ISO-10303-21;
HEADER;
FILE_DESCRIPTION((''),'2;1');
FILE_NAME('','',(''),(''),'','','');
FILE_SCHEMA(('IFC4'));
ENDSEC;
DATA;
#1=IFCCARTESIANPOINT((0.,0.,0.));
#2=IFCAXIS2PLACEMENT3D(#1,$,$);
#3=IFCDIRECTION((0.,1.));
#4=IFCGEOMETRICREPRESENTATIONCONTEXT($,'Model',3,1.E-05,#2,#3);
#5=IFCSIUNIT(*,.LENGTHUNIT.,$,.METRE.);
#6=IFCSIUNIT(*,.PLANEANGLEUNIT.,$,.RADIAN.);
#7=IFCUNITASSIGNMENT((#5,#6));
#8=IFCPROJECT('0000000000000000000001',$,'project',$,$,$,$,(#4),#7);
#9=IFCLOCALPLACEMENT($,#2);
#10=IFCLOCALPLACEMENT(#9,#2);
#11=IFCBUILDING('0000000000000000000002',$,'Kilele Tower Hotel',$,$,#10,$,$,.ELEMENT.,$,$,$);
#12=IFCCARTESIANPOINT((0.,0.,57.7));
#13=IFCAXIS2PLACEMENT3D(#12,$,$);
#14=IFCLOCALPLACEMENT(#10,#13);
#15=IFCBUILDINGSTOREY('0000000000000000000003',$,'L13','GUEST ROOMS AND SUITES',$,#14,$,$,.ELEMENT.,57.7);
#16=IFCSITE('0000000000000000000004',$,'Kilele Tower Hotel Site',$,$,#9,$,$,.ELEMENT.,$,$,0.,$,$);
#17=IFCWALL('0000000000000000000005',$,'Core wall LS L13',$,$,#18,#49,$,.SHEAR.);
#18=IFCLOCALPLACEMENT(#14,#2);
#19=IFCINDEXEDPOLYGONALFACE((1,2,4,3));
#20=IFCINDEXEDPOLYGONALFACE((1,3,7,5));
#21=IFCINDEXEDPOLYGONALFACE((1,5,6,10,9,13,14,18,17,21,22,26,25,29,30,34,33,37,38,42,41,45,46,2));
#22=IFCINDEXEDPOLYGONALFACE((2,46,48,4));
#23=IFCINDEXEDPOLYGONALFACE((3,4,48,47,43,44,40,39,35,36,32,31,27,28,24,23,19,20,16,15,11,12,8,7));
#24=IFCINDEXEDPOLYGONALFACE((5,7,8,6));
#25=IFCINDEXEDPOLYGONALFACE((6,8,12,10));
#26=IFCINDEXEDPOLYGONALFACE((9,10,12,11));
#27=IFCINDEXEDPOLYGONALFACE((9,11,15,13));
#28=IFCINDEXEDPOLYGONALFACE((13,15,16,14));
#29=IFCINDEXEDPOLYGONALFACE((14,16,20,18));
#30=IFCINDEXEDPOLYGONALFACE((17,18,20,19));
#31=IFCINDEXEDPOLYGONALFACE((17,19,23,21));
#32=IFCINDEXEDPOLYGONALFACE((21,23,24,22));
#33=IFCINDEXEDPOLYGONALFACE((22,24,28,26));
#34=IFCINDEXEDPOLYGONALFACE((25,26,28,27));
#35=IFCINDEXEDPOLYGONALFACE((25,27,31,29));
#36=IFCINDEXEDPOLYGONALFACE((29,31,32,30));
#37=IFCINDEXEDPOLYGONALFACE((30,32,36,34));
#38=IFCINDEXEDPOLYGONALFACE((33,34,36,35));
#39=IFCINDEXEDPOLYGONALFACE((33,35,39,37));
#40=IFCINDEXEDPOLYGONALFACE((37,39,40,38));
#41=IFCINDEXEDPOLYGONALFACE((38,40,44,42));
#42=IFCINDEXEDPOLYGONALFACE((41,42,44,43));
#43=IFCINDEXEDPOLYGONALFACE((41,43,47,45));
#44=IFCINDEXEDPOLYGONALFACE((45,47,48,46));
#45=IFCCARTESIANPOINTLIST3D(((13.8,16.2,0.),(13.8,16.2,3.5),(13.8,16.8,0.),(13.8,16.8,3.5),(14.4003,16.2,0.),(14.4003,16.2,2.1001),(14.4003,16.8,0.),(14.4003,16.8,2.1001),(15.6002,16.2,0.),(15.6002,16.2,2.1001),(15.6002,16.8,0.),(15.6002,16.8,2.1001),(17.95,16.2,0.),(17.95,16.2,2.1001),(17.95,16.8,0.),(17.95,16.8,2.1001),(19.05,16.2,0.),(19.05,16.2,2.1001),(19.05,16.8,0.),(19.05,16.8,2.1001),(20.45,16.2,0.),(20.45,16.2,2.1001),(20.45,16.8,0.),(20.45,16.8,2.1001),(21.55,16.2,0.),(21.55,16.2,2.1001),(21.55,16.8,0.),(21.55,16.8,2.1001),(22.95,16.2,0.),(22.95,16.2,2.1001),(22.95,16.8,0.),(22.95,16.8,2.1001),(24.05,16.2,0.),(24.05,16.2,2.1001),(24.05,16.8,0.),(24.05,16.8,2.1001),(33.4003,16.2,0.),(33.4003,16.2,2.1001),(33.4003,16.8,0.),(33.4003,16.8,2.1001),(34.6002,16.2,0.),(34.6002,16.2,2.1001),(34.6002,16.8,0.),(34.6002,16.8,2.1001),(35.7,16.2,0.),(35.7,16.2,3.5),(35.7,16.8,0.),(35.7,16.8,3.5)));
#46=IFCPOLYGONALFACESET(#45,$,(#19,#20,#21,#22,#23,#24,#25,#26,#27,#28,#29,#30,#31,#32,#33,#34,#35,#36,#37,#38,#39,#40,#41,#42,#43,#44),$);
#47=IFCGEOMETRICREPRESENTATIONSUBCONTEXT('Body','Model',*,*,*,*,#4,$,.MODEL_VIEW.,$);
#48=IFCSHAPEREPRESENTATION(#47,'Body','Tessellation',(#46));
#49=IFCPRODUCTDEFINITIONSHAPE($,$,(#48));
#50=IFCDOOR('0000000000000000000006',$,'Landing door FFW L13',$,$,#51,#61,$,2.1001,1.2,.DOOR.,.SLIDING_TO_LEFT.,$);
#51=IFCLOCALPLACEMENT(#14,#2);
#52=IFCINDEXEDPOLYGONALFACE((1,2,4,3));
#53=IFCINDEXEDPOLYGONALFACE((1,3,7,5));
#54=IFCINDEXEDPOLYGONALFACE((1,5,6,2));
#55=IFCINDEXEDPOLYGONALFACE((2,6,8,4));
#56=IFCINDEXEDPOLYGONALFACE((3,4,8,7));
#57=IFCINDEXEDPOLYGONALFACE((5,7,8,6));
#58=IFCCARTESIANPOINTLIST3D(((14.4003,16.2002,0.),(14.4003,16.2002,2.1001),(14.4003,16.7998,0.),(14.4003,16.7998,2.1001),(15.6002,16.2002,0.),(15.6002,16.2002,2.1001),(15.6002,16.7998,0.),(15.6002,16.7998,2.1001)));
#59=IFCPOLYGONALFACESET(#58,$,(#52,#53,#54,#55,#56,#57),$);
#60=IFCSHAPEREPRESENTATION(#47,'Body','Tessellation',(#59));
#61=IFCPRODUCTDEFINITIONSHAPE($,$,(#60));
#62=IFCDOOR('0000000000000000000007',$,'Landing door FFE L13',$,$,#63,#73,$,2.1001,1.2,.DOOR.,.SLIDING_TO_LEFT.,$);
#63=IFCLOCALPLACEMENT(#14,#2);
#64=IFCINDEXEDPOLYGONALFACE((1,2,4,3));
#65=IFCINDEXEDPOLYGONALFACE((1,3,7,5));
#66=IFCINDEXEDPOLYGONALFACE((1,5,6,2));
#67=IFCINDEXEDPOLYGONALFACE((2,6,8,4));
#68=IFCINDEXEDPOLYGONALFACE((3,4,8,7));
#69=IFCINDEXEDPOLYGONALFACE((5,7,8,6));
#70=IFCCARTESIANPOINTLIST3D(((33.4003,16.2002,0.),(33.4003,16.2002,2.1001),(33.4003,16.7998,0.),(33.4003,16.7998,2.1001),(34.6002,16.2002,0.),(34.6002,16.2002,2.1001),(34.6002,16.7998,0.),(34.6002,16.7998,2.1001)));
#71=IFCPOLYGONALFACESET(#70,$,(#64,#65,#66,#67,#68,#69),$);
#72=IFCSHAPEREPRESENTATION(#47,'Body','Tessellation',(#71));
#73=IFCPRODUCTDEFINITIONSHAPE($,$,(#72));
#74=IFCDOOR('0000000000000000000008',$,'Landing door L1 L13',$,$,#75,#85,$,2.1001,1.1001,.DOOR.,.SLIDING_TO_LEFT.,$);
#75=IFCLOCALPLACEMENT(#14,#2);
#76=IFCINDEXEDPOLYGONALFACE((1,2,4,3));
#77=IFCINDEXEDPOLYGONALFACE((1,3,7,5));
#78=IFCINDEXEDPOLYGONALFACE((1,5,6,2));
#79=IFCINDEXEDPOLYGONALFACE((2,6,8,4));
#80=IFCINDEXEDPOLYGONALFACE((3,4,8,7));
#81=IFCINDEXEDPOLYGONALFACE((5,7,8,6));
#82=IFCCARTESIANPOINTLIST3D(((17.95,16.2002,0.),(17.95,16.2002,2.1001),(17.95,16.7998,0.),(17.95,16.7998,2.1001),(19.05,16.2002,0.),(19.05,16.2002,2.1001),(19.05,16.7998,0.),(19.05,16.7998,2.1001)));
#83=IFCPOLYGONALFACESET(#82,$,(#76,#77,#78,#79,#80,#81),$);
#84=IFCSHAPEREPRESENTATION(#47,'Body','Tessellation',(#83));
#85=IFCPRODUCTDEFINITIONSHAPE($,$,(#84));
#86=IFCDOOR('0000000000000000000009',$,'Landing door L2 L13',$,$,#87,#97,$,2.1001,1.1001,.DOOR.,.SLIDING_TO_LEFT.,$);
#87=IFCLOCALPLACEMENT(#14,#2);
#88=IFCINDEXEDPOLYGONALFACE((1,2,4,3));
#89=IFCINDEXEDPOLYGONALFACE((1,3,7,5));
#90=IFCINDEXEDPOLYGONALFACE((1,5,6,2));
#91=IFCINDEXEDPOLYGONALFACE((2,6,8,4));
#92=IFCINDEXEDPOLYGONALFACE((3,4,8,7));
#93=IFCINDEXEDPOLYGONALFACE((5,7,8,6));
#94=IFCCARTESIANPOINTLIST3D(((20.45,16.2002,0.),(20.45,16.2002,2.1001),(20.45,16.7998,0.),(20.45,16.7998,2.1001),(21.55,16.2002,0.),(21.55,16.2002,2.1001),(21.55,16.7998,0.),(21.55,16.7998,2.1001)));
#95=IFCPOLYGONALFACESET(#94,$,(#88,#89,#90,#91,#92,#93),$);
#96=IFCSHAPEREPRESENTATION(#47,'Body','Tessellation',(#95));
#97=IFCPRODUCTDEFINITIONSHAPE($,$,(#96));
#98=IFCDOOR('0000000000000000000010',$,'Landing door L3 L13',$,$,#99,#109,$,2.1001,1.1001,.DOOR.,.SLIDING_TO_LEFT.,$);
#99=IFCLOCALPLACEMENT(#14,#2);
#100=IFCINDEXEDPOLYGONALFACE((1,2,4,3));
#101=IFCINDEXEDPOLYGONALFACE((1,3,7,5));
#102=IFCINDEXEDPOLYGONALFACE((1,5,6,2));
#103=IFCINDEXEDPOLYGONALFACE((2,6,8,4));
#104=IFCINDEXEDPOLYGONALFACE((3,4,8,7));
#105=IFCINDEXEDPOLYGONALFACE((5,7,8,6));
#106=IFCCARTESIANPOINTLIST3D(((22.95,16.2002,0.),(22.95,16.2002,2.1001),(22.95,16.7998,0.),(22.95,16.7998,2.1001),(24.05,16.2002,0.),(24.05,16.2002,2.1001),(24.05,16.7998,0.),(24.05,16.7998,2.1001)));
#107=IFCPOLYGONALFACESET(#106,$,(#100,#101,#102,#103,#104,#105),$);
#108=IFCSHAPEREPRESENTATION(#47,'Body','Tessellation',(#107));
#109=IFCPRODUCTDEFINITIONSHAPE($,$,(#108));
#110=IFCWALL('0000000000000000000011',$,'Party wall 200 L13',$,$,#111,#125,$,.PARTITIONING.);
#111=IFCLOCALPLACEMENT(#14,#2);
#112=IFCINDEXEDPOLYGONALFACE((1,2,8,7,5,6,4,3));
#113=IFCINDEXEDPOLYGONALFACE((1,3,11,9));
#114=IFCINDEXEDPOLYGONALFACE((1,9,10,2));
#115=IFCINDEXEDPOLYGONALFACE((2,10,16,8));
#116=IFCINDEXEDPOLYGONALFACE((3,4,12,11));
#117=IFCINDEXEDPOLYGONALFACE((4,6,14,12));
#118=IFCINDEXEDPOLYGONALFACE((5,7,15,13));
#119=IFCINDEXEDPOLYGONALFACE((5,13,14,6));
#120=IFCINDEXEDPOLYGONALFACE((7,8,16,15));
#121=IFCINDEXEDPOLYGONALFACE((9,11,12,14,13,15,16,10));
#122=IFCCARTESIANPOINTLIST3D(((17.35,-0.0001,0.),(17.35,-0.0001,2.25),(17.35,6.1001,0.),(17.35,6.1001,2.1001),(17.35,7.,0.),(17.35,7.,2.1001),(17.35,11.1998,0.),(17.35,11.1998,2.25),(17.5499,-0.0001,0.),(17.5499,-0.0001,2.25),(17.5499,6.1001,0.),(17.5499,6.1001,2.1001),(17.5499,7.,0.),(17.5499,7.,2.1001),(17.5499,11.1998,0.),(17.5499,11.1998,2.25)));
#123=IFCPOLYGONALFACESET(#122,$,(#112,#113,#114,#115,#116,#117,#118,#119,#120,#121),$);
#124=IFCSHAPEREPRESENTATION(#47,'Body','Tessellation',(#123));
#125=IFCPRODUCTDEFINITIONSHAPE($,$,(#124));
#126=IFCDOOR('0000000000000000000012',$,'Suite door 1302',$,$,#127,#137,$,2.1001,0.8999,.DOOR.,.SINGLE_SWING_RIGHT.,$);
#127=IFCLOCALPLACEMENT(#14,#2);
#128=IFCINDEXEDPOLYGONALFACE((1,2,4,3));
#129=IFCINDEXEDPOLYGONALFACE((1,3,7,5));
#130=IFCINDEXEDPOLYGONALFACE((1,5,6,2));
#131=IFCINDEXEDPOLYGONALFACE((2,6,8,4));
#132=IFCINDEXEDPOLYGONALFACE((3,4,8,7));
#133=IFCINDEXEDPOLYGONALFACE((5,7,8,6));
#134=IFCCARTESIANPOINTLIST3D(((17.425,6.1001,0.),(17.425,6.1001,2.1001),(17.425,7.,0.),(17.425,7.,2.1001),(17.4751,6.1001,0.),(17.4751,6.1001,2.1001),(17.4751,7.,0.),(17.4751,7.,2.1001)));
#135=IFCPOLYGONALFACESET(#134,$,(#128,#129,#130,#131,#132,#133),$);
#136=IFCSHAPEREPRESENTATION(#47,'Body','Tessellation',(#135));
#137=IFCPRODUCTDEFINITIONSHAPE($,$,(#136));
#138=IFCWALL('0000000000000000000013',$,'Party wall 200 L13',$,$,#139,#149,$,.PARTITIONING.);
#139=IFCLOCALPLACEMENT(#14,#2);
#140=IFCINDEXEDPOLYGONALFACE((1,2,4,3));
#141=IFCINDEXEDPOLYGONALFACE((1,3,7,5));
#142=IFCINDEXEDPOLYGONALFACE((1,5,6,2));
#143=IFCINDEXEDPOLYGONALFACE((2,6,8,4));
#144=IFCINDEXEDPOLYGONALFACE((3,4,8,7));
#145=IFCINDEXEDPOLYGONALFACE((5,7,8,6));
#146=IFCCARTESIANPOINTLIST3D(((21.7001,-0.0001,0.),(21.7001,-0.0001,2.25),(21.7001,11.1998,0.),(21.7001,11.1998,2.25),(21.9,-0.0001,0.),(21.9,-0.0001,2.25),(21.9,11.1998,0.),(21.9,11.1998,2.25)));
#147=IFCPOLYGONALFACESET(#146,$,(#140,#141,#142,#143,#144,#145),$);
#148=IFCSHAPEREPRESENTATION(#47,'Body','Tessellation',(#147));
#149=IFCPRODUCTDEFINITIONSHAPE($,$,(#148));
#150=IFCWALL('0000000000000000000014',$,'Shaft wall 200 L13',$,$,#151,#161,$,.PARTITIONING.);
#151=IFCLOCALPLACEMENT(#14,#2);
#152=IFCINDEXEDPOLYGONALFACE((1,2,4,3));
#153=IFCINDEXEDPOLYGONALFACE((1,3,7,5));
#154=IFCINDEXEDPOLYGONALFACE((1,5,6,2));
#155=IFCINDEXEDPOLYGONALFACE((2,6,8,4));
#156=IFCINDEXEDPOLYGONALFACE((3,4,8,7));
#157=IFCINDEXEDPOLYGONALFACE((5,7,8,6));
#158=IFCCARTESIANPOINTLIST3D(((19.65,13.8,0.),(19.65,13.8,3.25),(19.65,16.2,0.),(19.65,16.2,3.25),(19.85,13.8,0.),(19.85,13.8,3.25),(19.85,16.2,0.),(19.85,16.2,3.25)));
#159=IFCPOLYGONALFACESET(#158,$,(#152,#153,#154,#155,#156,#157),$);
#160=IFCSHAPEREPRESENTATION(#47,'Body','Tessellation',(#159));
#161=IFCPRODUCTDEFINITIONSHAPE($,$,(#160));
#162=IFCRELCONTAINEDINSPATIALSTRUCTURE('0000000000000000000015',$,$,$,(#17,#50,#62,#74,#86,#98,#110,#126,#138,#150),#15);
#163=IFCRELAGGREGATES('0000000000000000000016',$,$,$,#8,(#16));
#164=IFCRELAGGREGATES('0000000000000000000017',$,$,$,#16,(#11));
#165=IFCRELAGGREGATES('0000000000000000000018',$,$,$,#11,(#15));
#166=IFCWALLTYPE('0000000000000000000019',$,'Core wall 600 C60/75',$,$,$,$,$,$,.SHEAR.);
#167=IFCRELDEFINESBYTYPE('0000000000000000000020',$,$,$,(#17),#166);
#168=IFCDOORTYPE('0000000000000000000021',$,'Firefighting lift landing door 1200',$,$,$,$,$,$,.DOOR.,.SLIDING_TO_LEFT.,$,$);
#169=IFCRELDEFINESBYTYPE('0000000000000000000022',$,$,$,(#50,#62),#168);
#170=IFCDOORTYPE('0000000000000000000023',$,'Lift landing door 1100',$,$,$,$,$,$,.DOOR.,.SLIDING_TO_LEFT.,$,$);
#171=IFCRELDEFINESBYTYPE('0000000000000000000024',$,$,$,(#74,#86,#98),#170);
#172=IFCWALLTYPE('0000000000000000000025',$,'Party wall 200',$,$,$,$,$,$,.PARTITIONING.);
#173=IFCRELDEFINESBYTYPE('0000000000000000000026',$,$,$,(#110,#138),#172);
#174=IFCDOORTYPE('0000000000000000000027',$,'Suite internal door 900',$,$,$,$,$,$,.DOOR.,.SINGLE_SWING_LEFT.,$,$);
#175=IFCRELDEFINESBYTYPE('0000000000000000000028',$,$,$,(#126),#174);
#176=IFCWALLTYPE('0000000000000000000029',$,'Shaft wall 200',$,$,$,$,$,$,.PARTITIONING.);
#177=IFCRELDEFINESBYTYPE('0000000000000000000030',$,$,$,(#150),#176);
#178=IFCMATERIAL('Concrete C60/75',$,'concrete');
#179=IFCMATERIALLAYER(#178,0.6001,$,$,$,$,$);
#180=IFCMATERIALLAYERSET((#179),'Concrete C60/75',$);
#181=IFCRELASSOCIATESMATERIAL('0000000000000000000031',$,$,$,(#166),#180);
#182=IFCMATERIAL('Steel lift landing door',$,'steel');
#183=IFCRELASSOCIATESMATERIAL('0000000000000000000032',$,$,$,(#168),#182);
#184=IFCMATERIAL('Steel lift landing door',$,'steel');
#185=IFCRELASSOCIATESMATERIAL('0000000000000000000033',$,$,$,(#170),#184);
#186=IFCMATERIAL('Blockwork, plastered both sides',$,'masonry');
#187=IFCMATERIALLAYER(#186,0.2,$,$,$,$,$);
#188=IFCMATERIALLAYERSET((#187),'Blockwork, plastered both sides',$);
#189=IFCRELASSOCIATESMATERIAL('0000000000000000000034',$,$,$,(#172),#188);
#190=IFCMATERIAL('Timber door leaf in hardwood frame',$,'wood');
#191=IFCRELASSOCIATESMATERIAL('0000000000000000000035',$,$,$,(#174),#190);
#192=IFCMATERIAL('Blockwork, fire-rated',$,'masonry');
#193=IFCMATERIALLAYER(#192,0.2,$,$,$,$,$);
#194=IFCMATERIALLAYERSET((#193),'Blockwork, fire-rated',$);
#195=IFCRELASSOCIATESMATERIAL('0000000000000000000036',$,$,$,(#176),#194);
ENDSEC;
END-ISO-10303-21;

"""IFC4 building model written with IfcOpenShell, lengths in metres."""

from ifc_helpers import new_model, si_unit, direction, frame, frame_2d, origin, place, context, subcontext, project, spatial, rectangle, extrude, material, layer, layer_set, type_object, element, fill, save


model = new_model("IFC4")

# Units and contexts
model_context = context("Model", 3, precision=1e-05, world=origin(), true_north=direction((0.0, 1.0)))
body_context = subcontext(model_context, "Body", "Model", "MODEL_VIEW")
ifc_project = project(units=[si_unit("LENGTHUNIT", "METRE"), si_unit("PLANEANGLEUNIT", "RADIAN")], contexts=[model_context])

# Site, building, storey
site_placement = place(None, origin())
site = spatial("IfcSite", under=ifc_project, at=site_placement, Name="Kilele Tower Hotel Site", CompositionType="ELEMENT", RefElevation=0.0)
building_placement = place(site_placement, origin())
building = spatial("IfcBuilding", under=site, at=building_placement, Name="Kilele Tower Hotel", CompositionType="ELEMENT")
storey_placement = place(building_placement, frame((0.0, 0.0, 57.7)))
storey = spatial("IfcBuildingStorey", under=building, at=storey_placement, Name="L13", Description="GUEST ROOMS AND SUITES", CompositionType="ELEMENT", Elevation=57.7)

# Shared definitions
ifc_material_1 = material(Name="Concrete C60/75", Category="concrete")
ifc_layer_1 = layer(ifc_material_1, 0.6001)
ifc_layer_set_1 = layer_set([ifc_layer_1], Name="Concrete C60/75")
wall_type_1 = type_object("IfcWallType", Name="Core wall 600 C60/75", PredefinedType="SHEAR", material=ifc_layer_set_1)

# Wall, openings, doors
wall_1_placement = place(storey_placement, frame((13.8, 16.5, 0.0), z_axis=(0.0, 0.0, 1.0), x_axis=(1.0, 0.0, 0.0)))
wall_1 = element("IfcWall", 1, at=wall_1_placement, inside=storey, type_object=wall_type_1, Name="Core wall LS L13", PredefinedType="SHEAR", context=body_context, shape_type="SweptSolid", body=[
    extrude(rectangle(XDim=21.8999, YDim=0.6001, at=frame_2d((10.95, 0.0))), origin(), (0.0, 0.0, 1.0), 3.5),
])
opening_1_placement = place(wall_1_placement, frame((4.1499, 0.0, 0.0)))
opening_1 = element("IfcOpeningElement", 2, at=opening_1_placement, cuts=wall_1, PredefinedType="OPENING", context=body_context, shape_type="SweptSolid", body=[
    extrude(rectangle(XDim=1.1001, YDim=2.1001, at=frame_2d((0.55, 1.05))), frame((0.0, 0.3101, 0.0), z_axis=(0.0, -1.0, 0.0), x_axis=(1.0, 0.0, 0.0)), (0.0, 0.0, 1.0), 0.6201),
])
opening_2_placement = place(wall_1_placement, frame((6.6499, 0.0, 0.0)))
opening_2 = element("IfcOpeningElement", 3, at=opening_2_placement, cuts=wall_1, PredefinedType="OPENING", context=body_context, shape_type="SweptSolid", body=[
    extrude(rectangle(XDim=1.1001, YDim=2.1001, at=frame_2d((0.55, 1.05))), frame((0.0, 0.3101, 0.0), z_axis=(0.0, -1.0, 0.0), x_axis=(1.0, 0.0, 0.0)), (0.0, 0.0, 1.0), 0.6201),
])
opening_3_placement = place(wall_1_placement, frame((9.1499, 0.0, 0.0)))
opening_3 = element("IfcOpeningElement", 4, at=opening_3_placement, cuts=wall_1, PredefinedType="OPENING", context=body_context, shape_type="SweptSolid", body=[
    extrude(rectangle(XDim=1.1001, YDim=2.1001, at=frame_2d((0.55, 1.05))), frame((0.0, 0.3101, 0.0), z_axis=(0.0, -1.0, 0.0), x_axis=(1.0, 0.0, 0.0)), (0.0, 0.0, 1.0), 0.6201),
])
opening_4_placement = place(wall_1_placement, frame((0.6001, 0.0, 0.0)))
opening_4 = element("IfcOpeningElement", 5, at=opening_4_placement, cuts=wall_1, PredefinedType="OPENING", context=body_context, shape_type="SweptSolid", body=[
    extrude(rectangle(XDim=1.2, YDim=2.1001, at=frame_2d((0.6001, 1.05))), frame((0.0, 0.3101, 0.0), z_axis=(0.0, -1.0, 0.0), x_axis=(1.0, 0.0, 0.0)), (0.0, 0.0, 1.0), 0.6201),
])
opening_5_placement = place(wall_1_placement, frame((19.6001, 0.0, 0.0)))
opening_5 = element("IfcOpeningElement", 6, at=opening_5_placement, cuts=wall_1, PredefinedType="OPENING", context=body_context, shape_type="SweptSolid", body=[
    extrude(rectangle(XDim=1.2, YDim=2.1001, at=frame_2d((0.6001, 1.05))), frame((0.0, 0.3101, 0.0), z_axis=(0.0, -1.0, 0.0), x_axis=(1.0, 0.0, 0.0)), (0.0, 0.0, 1.0), 0.6201),
])
ifc_material_2 = material(Name="Steel lift landing door", Category="steel")
door_type_1 = type_object("IfcDoorType", Name="Firefighting lift landing door 1200", OperationType="SLIDING_TO_LEFT", PredefinedType="DOOR", material=ifc_material_2)
door_1_placement = place(opening_4_placement, origin())
door_1 = element("IfcDoor", 7, at=door_1_placement, inside=storey, type_object=door_type_1, Name="Landing door FFW L13", OperationType="SLIDING_TO_LEFT", OverallHeight=2.1001, OverallWidth=1.2, PredefinedType="DOOR", context=body_context, shape_type="SweptSolid", body=[
    extrude(rectangle(XDim=1.2, YDim=2.1001, at=frame_2d((0.6001, 1.05))), frame((0.0, 0.2998, 0.0), z_axis=(0.0, -1.0, 0.0), x_axis=(1.0, 0.0, 0.0)), (0.0, 0.0, 1.0), 0.5996),
])
fill(opening_4, door_1)
door_2_placement = place(opening_5_placement, origin())
door_2 = element("IfcDoor", 8, at=door_2_placement, inside=storey, type_object=door_type_1, Name="Landing door FFE L13", OperationType="SLIDING_TO_LEFT", OverallHeight=2.1001, OverallWidth=1.2, PredefinedType="DOOR", context=body_context, shape_type="SweptSolid", body=[
    extrude(rectangle(XDim=1.2, YDim=2.1001, at=frame_2d((0.6001, 1.05))), frame((0.0, 0.2998, 0.0), z_axis=(0.0, -1.0, 0.0), x_axis=(1.0, 0.0, 0.0)), (0.0, 0.0, 1.0), 0.5996),
])
fill(opening_5, door_2)
ifc_material_3 = material(Name="Steel lift landing door", Category="steel")
door_type_2 = type_object("IfcDoorType", Name="Lift landing door 1100", OperationType="SLIDING_TO_LEFT", PredefinedType="DOOR", material=ifc_material_3)
door_3_placement = place(opening_1_placement, origin())
door_3 = element("IfcDoor", 9, at=door_3_placement, inside=storey, type_object=door_type_2, Name="Landing door L1 L13", OperationType="SLIDING_TO_LEFT", OverallHeight=2.1001, OverallWidth=1.1001, PredefinedType="DOOR", context=body_context, shape_type="SweptSolid", body=[
    extrude(rectangle(XDim=1.1001, YDim=2.1001, at=frame_2d((0.55, 1.05))), frame((0.0, 0.2998, 0.0), z_axis=(0.0, -1.0, 0.0), x_axis=(1.0, 0.0, 0.0)), (0.0, 0.0, 1.0), 0.5996),
])
fill(opening_1, door_3)
door_4_placement = place(opening_2_placement, origin())
door_4 = element("IfcDoor", 10, at=door_4_placement, inside=storey, type_object=door_type_2, Name="Landing door L2 L13", OperationType="SLIDING_TO_LEFT", OverallHeight=2.1001, OverallWidth=1.1001, PredefinedType="DOOR", context=body_context, shape_type="SweptSolid", body=[
    extrude(rectangle(XDim=1.1001, YDim=2.1001, at=frame_2d((0.55, 1.05))), frame((0.0, 0.2998, 0.0), z_axis=(0.0, -1.0, 0.0), x_axis=(1.0, 0.0, 0.0)), (0.0, 0.0, 1.0), 0.5996),
])
fill(opening_2, door_4)
door_5_placement = place(opening_3_placement, origin())
door_5 = element("IfcDoor", 11, at=door_5_placement, inside=storey, type_object=door_type_2, Name="Landing door L3 L13", OperationType="SLIDING_TO_LEFT", OverallHeight=2.1001, OverallWidth=1.1001, PredefinedType="DOOR", context=body_context, shape_type="SweptSolid", body=[
    extrude(rectangle(XDim=1.1001, YDim=2.1001, at=frame_2d((0.55, 1.05))), frame((0.0, 0.2998, 0.0), z_axis=(0.0, -1.0, 0.0), x_axis=(1.0, 0.0, 0.0)), (0.0, 0.0, 1.0), 0.5996),
])
fill(opening_3, door_5)

# Wall, opening, door
ifc_material_4 = material(Name="Blockwork, plastered both sides", Category="masonry")
ifc_layer_2 = layer(ifc_material_4, 0.2)
ifc_layer_set_2 = layer_set([ifc_layer_2], Name="Blockwork, plastered both sides")
wall_type_2 = type_object("IfcWallType", Name="Party wall 200", PredefinedType="PARTITIONING", material=ifc_layer_set_2)
wall_2_placement = place(storey_placement, frame((17.45, 11.2, 0.0), z_axis=(0.0, 0.0, 1.0), x_axis=(0.0, -1.0, 0.0)))
wall_2 = element("IfcWall", 12, at=wall_2_placement, inside=storey, type_object=wall_type_2, Name="Party wall 200 L13", PredefinedType="PARTITIONING", context=body_context, shape_type="SweptSolid", body=[
    extrude(rectangle(XDim=11.2, YDim=0.2, at=frame_2d((5.6001, 0.0))), origin(), (0.0, 0.0, 1.0), 2.25),
])
opening_6_placement = place(wall_2_placement, frame((5.0999, 0.0, 0.0), z_axis=(0.0, 0.0, 1.0), x_axis=(-1.0, 0.0, 0.0)))
opening_6 = element("IfcOpeningElement", 13, at=opening_6_placement, cuts=wall_2, PredefinedType="OPENING", context=body_context, shape_type="SweptSolid", body=[
    extrude(rectangle(XDim=0.8999, YDim=2.1001, at=frame_2d((0.45, 1.05))), frame((0.0, 0.1099, 0.0), z_axis=(0.0, -1.0, 0.0), x_axis=(1.0, 0.0, 0.0)), (0.0, 0.0, 1.0), 0.22),
])
ifc_material_5 = material(Name="Timber door leaf in hardwood frame", Category="wood")
door_type_3 = type_object("IfcDoorType", Name="Suite internal door 900", OperationType="SINGLE_SWING_LEFT", PredefinedType="DOOR", material=ifc_material_5)
door_6_placement = place(opening_6_placement, origin())
door_6 = element("IfcDoor", 14, at=door_6_placement, inside=storey, type_object=door_type_3, Name="Suite door 1302", OperationType="SINGLE_SWING_RIGHT", OverallHeight=2.1001, OverallWidth=0.8999, PredefinedType="DOOR", context=body_context, shape_type="SweptSolid", body=[
    extrude(rectangle(XDim=0.8999, YDim=2.1001, at=frame_2d((0.45, 1.05))), frame((0.0, 0.0249, 0.0), z_axis=(0.0, -1.0, 0.0), x_axis=(1.0, 0.0, 0.0)), (0.0, 0.0, 1.0), 0.05),
])
fill(opening_6, door_6)

# Walls
wall_3_placement = place(storey_placement, frame((21.8, 11.2, 0.0), z_axis=(0.0, 0.0, 1.0), x_axis=(0.0, -1.0, 0.0)))
element("IfcWall", 15, at=wall_3_placement, inside=storey, type_object=wall_type_2, Name="Party wall 200 L13", PredefinedType="PARTITIONING", context=body_context, shape_type="SweptSolid", body=[
    extrude(rectangle(XDim=11.2, YDim=0.2, at=frame_2d((5.6001, 0.0))), origin(), (0.0, 0.0, 1.0), 2.25),
])
ifc_material_6 = material(Name="Blockwork, fire-rated", Category="masonry")
ifc_layer_3 = layer(ifc_material_6, 0.2)
ifc_layer_set_3 = layer_set([ifc_layer_3], Name="Blockwork, fire-rated")
wall_type_3 = type_object("IfcWallType", Name="Shaft wall 200", PredefinedType="PARTITIONING", material=ifc_layer_set_3)
for number, where, z_axis, x_axis, name in (
    (16, (19.75, 13.8, 0.0), (0.0, 0.0, 1.0), (0.0, 1.0, 0.0), "Shaft wall 200 L13"),
):
    element("IfcWall", number, at=place(storey_placement, frame(where, z_axis=z_axis, x_axis=x_axis)), inside=storey, type_object=wall_type_3, Name=name, PredefinedType="PARTITIONING", context=body_context, shape_type="SweptSolid", body=[
        extrude(rectangle(XDim=2.3999, YDim=0.2, at=frame_2d((1.2, 0.0))), origin(), (0.0, 0.0, 1.0), 3.25),
    ])

save(model, "model.ifc")
